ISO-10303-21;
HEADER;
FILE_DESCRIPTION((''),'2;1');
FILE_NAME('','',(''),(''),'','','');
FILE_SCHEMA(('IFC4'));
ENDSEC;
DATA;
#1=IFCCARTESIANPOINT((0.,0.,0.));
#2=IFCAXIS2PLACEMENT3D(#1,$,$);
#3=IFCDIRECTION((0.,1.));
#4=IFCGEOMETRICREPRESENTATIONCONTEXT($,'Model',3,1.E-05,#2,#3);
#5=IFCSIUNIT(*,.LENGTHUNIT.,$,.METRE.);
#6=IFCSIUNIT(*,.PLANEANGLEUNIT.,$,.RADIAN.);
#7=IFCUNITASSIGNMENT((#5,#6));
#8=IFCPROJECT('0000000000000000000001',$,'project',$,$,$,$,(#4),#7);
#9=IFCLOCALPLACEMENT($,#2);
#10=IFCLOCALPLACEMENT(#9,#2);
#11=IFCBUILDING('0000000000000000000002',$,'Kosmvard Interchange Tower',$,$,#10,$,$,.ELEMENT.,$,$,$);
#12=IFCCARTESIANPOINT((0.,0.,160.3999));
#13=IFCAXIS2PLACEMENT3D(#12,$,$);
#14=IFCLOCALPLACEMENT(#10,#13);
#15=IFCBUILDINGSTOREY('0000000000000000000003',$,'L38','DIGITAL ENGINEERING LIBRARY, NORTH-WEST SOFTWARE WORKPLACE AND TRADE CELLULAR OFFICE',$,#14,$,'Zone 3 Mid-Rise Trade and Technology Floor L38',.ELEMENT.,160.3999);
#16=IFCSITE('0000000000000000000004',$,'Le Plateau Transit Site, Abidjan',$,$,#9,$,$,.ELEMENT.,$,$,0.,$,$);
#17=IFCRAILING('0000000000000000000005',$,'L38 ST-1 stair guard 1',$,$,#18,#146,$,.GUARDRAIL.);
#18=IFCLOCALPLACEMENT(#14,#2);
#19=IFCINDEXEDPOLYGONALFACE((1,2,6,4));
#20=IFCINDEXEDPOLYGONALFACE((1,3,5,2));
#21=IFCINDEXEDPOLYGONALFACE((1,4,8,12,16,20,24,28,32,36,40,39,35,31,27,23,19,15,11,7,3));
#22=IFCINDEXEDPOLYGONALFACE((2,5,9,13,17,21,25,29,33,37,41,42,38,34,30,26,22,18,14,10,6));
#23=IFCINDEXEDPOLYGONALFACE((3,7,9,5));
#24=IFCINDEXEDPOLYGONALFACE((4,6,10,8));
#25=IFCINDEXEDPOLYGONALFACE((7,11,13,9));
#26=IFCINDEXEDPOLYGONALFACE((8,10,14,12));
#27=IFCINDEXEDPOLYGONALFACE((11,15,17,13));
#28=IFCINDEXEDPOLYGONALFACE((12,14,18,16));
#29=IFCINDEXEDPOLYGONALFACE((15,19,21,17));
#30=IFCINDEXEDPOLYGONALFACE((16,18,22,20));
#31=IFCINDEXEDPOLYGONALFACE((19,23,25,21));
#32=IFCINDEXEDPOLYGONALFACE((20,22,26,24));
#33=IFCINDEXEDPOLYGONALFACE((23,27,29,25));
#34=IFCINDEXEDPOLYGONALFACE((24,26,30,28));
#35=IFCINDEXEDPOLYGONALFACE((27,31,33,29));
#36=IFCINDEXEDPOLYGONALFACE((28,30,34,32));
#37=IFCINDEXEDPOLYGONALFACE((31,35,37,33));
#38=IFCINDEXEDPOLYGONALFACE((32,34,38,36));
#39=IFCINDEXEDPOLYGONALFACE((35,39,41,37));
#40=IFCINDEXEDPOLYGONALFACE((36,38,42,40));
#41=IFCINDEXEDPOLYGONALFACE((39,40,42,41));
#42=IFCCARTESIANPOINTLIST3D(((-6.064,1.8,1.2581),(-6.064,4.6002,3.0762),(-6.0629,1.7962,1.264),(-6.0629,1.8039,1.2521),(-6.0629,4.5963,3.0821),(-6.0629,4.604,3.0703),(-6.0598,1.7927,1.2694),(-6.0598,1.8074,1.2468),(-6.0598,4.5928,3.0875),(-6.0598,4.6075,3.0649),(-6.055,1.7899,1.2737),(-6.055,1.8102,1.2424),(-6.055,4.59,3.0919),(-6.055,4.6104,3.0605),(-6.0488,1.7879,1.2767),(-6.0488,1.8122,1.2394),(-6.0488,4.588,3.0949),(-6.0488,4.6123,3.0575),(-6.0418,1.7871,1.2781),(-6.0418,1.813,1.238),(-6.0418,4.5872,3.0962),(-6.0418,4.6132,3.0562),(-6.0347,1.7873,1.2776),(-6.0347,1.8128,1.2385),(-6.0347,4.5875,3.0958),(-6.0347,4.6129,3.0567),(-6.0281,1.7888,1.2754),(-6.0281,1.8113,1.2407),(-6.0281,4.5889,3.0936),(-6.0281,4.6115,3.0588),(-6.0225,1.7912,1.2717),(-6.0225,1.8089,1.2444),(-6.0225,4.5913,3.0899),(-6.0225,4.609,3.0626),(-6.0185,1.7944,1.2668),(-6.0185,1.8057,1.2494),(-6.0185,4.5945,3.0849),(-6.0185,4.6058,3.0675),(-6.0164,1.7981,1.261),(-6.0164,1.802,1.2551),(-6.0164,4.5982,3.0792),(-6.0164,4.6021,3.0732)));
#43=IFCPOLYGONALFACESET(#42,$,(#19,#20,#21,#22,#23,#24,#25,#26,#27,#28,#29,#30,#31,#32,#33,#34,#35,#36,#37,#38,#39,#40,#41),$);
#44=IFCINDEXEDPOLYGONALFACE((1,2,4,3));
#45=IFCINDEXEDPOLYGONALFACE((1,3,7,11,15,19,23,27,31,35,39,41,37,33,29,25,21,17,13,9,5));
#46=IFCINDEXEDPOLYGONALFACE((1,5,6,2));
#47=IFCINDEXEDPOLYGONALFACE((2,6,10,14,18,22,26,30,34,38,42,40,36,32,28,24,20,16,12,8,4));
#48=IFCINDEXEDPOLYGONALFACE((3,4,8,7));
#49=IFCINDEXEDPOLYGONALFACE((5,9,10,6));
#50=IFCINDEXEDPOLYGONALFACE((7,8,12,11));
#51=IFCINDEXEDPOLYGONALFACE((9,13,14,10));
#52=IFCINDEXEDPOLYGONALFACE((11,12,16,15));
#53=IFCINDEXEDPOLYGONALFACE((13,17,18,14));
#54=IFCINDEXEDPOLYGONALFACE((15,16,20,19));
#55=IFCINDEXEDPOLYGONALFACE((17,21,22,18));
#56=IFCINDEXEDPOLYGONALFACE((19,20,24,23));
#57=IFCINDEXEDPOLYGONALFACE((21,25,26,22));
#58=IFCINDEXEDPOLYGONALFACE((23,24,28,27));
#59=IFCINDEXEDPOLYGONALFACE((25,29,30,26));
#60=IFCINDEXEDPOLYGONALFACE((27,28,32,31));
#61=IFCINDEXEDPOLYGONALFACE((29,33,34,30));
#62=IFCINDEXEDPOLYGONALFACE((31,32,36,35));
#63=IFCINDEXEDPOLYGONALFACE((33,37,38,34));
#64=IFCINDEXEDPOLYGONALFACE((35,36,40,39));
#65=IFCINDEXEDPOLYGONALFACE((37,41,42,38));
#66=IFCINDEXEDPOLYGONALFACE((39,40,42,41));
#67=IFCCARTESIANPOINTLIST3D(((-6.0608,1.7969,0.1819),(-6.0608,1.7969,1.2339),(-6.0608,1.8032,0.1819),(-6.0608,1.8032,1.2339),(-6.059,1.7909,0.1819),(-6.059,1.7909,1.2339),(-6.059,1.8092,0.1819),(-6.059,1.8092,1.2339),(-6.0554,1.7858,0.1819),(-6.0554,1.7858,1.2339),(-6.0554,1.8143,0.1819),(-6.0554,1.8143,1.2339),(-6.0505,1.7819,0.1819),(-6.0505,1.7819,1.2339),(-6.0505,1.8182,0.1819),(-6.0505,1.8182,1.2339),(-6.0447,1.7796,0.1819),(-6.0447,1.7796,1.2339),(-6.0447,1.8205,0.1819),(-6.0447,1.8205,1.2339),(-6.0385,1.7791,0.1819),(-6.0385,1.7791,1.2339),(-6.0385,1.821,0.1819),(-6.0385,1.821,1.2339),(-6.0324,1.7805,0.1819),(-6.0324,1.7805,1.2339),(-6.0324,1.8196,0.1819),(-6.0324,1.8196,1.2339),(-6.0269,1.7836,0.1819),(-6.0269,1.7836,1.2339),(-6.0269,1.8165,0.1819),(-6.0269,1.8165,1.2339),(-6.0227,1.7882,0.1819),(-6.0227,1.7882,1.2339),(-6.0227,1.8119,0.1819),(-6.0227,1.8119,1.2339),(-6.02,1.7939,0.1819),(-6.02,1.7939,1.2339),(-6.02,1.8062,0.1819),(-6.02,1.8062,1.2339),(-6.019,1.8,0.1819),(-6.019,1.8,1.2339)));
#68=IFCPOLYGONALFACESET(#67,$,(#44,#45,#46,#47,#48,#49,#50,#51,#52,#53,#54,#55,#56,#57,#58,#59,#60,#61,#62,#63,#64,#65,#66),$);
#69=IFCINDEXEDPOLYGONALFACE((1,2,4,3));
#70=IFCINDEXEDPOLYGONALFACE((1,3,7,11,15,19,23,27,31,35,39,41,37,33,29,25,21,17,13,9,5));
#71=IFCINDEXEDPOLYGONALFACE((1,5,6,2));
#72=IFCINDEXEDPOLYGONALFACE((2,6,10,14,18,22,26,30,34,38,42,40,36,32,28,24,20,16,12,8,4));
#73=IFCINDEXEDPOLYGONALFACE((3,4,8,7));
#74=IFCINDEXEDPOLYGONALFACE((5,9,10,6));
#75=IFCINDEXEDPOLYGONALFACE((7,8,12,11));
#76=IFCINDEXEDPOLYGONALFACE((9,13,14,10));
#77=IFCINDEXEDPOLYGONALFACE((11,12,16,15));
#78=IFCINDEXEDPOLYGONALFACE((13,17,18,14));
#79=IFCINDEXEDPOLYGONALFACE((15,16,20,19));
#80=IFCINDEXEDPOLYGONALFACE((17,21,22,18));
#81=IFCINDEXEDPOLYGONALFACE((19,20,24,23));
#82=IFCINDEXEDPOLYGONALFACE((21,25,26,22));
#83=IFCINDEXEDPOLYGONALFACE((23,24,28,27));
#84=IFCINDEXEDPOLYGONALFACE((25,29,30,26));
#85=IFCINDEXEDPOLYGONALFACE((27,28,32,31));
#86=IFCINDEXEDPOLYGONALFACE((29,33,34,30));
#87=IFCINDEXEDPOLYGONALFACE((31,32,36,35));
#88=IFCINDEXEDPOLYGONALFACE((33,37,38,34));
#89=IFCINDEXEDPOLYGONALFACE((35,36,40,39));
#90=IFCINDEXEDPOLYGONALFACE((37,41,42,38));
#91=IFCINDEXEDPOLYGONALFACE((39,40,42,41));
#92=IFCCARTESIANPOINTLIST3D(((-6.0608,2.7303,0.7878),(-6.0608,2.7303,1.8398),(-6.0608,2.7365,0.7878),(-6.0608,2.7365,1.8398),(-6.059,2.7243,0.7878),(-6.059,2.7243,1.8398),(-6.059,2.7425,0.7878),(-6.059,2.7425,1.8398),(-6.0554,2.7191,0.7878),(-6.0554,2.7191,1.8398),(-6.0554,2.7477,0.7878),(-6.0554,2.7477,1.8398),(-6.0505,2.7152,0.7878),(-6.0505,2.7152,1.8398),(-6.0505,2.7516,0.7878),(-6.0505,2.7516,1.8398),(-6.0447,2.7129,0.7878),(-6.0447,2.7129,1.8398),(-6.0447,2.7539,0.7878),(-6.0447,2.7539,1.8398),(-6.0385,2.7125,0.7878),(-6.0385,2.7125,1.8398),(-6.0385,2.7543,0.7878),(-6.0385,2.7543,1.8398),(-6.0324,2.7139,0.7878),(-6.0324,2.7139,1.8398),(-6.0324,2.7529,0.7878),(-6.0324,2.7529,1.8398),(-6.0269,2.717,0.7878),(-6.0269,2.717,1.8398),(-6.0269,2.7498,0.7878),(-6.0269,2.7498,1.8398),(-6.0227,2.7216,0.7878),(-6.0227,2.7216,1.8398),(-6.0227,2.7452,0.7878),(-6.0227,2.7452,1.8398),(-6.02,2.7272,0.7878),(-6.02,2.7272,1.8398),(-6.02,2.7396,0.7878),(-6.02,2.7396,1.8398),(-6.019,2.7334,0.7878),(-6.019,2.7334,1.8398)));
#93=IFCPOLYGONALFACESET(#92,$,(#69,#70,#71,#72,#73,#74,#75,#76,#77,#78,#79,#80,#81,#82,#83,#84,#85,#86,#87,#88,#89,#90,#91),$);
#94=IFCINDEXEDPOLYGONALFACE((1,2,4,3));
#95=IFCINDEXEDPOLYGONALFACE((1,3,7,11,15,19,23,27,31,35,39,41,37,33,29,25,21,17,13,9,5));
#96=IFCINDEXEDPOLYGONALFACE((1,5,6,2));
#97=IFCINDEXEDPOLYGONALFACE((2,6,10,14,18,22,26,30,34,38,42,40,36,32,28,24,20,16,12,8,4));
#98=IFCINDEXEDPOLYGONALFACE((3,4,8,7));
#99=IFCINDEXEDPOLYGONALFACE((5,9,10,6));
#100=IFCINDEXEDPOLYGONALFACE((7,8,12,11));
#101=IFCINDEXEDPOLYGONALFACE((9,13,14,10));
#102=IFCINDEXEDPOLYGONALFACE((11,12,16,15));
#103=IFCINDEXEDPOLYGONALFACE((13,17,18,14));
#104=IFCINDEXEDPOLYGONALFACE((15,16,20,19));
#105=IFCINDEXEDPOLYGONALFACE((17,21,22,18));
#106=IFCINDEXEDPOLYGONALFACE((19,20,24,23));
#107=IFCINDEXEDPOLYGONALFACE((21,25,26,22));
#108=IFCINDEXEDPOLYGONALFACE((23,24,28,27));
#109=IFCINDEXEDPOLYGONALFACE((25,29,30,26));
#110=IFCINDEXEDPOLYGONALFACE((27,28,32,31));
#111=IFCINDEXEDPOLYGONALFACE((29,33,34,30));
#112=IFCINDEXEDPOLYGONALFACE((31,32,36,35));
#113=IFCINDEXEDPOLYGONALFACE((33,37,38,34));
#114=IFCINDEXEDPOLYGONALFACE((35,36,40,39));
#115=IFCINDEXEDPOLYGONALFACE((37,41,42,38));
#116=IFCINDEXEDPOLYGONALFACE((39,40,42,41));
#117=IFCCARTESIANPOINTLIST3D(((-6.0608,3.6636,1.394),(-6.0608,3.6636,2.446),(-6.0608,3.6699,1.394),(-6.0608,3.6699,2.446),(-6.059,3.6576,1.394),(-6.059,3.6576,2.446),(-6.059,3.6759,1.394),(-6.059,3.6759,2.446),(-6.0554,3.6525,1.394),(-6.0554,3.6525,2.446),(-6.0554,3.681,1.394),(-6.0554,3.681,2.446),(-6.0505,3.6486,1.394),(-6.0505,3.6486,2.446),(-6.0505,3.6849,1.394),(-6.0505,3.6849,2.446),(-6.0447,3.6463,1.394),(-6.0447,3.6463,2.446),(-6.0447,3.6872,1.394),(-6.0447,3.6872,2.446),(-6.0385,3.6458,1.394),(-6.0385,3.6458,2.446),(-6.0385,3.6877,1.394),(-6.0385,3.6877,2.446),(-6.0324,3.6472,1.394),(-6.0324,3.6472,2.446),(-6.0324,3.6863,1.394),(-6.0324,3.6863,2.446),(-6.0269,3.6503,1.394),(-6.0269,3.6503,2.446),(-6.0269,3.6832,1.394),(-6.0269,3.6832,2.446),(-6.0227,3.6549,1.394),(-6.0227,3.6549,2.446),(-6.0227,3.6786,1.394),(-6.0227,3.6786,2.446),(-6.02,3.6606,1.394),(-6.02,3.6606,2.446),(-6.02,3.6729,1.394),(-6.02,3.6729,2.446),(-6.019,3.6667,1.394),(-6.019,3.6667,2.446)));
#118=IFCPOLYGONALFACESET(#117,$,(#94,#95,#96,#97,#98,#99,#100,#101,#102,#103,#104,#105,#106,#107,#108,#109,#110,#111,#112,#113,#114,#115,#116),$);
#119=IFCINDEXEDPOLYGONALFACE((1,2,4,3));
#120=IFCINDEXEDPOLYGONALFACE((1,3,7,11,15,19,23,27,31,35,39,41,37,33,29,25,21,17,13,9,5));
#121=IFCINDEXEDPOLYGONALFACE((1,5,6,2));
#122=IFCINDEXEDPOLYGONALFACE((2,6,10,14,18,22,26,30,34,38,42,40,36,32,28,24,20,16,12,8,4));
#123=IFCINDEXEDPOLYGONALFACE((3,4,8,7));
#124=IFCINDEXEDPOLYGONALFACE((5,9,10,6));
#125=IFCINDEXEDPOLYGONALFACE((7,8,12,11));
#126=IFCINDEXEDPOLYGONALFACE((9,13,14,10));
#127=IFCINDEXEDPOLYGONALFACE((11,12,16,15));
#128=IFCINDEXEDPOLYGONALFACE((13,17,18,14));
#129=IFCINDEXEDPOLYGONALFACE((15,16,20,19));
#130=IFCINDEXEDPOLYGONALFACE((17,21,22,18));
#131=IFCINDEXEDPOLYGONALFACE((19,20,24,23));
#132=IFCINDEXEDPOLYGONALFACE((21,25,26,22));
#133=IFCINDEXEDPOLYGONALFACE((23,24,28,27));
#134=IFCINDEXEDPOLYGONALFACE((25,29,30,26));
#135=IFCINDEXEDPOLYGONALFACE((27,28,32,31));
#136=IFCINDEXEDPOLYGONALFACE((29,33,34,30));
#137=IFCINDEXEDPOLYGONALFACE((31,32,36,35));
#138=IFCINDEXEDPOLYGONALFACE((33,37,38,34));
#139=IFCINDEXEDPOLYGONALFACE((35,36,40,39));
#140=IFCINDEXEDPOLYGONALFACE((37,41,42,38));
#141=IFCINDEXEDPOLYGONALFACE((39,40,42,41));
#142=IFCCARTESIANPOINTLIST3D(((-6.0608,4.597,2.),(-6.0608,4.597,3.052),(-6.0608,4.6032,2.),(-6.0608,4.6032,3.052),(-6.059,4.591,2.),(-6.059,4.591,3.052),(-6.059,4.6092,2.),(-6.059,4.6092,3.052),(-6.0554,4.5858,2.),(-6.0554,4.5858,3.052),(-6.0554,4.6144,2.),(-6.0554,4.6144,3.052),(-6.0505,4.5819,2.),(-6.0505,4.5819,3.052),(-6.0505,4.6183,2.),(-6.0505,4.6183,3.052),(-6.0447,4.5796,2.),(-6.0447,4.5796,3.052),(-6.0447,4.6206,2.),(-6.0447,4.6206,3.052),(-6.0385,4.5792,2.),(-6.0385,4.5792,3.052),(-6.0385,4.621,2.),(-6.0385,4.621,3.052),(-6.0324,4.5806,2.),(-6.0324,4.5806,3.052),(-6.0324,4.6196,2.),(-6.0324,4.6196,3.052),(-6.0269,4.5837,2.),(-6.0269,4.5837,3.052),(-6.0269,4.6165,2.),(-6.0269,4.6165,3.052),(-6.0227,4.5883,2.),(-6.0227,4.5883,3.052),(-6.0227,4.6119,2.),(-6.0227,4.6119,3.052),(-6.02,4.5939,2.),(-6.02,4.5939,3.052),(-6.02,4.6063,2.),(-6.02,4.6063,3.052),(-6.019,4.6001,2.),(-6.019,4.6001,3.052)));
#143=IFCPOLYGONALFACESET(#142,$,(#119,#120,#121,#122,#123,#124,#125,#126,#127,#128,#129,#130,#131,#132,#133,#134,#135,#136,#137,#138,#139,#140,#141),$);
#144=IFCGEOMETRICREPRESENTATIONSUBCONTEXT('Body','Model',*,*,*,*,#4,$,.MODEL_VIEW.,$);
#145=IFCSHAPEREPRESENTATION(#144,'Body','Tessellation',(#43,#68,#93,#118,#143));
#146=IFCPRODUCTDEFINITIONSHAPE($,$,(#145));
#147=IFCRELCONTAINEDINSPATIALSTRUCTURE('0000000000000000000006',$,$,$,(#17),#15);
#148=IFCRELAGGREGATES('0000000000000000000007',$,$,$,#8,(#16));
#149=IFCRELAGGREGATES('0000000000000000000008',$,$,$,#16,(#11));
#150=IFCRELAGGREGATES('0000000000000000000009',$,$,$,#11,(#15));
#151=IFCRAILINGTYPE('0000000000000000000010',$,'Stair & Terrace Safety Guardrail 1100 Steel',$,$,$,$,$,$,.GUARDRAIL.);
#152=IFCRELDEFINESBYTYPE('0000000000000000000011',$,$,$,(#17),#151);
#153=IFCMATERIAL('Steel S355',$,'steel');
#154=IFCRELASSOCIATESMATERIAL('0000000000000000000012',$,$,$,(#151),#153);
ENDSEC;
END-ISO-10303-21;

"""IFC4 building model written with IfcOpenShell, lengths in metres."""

from ifc_helpers import new_model, si_unit, direction, frame, origin, origin_2d, place, context, subcontext, project, spatial, circle, extrude, source, transform, mapped, material, type_object, element, save


model = new_model("IFC4")

# Units and contexts
model_context = context("Model", 3, precision=1e-05, world=origin(), true_north=direction((0.0, 1.0)))
body_context = subcontext(model_context, "Body", "Model", "MODEL_VIEW")
ifc_project = project(units=[si_unit("LENGTHUNIT", "METRE"), si_unit("PLANEANGLEUNIT", "RADIAN")], contexts=[model_context])

# Site, building, storey
site_placement = place(None, origin())
site = spatial("IfcSite", under=ifc_project, at=site_placement, Name="Le Plateau Transit Site, Abidjan", CompositionType="ELEMENT", RefElevation=0.0)
building_placement = place(site_placement, origin())
building = spatial("IfcBuilding", under=site, at=building_placement, Name="Kosmvard Interchange Tower", CompositionType="ELEMENT")
storey_placement = place(building_placement, frame((0.0, 0.0, 160.3999)))
storey = spatial("IfcBuildingStorey", under=building, at=storey_placement, Name="L38", Description="DIGITAL ENGINEERING LIBRARY, NORTH-WEST SOFTWARE WORKPLACE AND TRADE CELLULAR OFFICE", LongName="Zone 3 Mid-Rise Trade and Technology Floor L38", CompositionType="ELEMENT", Elevation=160.3999)

# Shared definitions
ifc_material_1 = material(Name="Steel S355", Category="steel")

# Railing
railing_type_1 = type_object("IfcRailingType", Name="Stair & Terrace Safety Guardrail 1100 Steel", PredefinedType="GUARDRAIL", material=ifc_material_1)
shared_shape_1 = source(origin(), body_context, "Body", "SweptSolid", [
    extrude(circle(Radius=0.0239, at=origin_2d()), frame((0.0, 0.0, 1.0762), z_axis=(0.0, 0.838706, 0.544585), x_axis=(-1.0, 0.0, 0.0)), (0.0, 0.0, 1.0), 3.3386),
    extrude(circle(Radius=0.021, at=origin_2d()), origin(), (0.0, 0.0, 1.0), 1.052),
    extrude(circle(Radius=0.021, at=origin_2d()), frame((0.0, 0.9333, 0.606)), (0.0, 0.0, 1.0), 1.052),
    extrude(circle(Radius=0.021, at=origin_2d()), frame((0.0, 1.8667, 1.2122)), (0.0, 0.0, 1.0), 1.052),
    extrude(circle(Radius=0.021, at=origin_2d()), frame((0.0, 2.8, 1.8181)), (0.0, 0.0, 1.0), 1.052),
])
railing_1_placement = place(storey_placement, frame((-6.04, 1.8, 0.1819)))
element("IfcRailing", 1, at=railing_1_placement, inside=storey, type_object=railing_type_1, Name="L38 ST-1 stair guard 1", PredefinedType="GUARDRAIL", context=body_context, shape_type="MappedRepresentation", body=[
    mapped(shared_shape_1, transform((0.0, 0.0, 0.0), scale=1.0)),
])

save(model, "model.ifc")
